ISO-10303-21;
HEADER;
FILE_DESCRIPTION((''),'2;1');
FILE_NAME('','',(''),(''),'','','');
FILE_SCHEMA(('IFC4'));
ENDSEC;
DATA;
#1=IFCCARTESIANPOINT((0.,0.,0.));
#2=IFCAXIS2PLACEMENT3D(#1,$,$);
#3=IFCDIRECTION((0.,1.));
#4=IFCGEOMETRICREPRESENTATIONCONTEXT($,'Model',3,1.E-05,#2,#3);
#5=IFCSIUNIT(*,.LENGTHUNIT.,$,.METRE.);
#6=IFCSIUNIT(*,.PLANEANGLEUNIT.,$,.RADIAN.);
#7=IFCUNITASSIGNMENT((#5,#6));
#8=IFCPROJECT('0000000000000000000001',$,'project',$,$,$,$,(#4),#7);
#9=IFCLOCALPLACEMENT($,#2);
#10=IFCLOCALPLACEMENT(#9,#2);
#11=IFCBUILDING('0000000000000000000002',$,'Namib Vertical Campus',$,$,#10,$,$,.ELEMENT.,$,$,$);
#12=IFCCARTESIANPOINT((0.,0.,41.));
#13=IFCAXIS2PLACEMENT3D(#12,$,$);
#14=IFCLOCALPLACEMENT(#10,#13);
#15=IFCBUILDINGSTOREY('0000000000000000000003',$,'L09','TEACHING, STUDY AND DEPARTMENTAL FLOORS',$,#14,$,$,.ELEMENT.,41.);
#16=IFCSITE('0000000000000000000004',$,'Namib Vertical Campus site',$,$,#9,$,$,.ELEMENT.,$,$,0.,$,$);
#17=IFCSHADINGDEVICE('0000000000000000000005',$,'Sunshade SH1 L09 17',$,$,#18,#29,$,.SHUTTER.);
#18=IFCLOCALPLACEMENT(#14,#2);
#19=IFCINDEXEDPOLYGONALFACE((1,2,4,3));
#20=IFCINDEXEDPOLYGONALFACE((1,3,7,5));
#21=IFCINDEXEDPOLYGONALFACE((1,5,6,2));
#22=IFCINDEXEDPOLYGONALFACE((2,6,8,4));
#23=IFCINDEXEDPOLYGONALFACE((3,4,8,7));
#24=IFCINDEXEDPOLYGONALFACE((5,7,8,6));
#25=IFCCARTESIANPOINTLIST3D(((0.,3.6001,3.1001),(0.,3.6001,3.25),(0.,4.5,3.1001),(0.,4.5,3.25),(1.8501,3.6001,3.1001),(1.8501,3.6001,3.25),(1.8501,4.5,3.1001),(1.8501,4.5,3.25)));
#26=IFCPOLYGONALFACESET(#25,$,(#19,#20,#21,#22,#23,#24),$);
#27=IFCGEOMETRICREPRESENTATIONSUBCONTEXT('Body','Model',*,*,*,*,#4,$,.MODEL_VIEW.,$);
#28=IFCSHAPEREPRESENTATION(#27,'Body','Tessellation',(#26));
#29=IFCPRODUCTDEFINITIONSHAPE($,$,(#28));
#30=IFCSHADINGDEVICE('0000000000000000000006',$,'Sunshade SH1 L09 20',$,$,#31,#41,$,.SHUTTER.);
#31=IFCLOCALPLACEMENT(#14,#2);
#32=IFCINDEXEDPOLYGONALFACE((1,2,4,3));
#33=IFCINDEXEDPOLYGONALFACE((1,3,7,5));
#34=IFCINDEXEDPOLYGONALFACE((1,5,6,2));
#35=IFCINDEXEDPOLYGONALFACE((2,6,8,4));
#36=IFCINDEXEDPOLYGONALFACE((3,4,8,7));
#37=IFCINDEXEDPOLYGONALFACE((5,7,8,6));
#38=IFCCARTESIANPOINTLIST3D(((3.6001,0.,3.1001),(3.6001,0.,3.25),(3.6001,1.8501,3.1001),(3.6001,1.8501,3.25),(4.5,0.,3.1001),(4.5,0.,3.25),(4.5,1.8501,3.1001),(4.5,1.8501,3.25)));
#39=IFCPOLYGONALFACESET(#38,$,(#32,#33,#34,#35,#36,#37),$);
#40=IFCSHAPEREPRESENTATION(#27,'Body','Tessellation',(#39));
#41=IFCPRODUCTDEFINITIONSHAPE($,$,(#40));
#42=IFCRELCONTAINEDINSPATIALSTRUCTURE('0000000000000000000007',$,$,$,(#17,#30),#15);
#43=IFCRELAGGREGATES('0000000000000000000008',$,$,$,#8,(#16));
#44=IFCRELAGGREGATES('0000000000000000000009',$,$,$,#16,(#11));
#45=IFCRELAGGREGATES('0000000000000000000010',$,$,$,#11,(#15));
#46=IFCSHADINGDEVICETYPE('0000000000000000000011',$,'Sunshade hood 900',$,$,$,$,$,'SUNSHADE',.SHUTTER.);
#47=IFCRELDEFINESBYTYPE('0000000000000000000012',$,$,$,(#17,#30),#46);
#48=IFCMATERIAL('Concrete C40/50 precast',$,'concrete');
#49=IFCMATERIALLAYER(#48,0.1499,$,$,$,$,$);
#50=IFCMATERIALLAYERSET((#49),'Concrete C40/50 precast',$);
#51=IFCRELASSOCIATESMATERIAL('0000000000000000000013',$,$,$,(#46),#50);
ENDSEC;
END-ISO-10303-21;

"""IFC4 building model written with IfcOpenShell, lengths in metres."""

from ifc_helpers import new_model, si_unit, direction, frame, origin, origin_2d, place, context, subcontext, project, spatial, rectangle, extrude, material, layer, layer_set, type_object, element, save


model = new_model("IFC4")

# Units and contexts
model_context = context("Model", 3, precision=1e-05, world=origin(), true_north=direction((0.0, 1.0)))
body_context = subcontext(model_context, "Body", "Model", "MODEL_VIEW")
ifc_project = project(units=[si_unit("LENGTHUNIT", "METRE"), si_unit("PLANEANGLEUNIT", "RADIAN")], contexts=[model_context])

# Site, building, storey
site_placement = place(None, origin())
site = spatial("IfcSite", under=ifc_project, at=site_placement, Name="Namib Vertical Campus site", CompositionType="ELEMENT", RefElevation=0.0)
building_placement = place(site_placement, origin())
building = spatial("IfcBuilding", under=site, at=building_placement, Name="Namib Vertical Campus", CompositionType="ELEMENT")
storey_placement = place(building_placement, frame((0.0, 0.0, 41.0)))
storey = spatial("IfcBuildingStorey", under=building, at=storey_placement, Name="L09", Description="TEACHING, STUDY AND DEPARTMENTAL FLOORS", CompositionType="ELEMENT", Elevation=41.0)

# Shading devices
ifc_material_1 = material(Name="Concrete C40/50 precast", Category="concrete")
ifc_layer_1 = layer(ifc_material_1, 0.1499)
ifc_layer_set_1 = layer_set([ifc_layer_1], Name="Concrete C40/50 precast")
shading_device_type = type_object("IfcShadingDeviceType", Name="Sunshade hood 900", ElementType="SUNSHADE", PredefinedType="SHUTTER", material=ifc_layer_set_1)
for number, where, z_axis, x_axis, name in (
    (1, (0.925, 4.05, 3.1001), (0.0, 0.0, 1.0), (1.0, 0.0, 0.0), "Sunshade SH1 L09 17"),
    (2, (4.05, 0.925, 3.1001), (0.0, 0.0, 1.0), (0.0, -1.0, 0.0), "Sunshade SH1 L09 20"),
):
    element("IfcShadingDevice", number, at=place(storey_placement, frame(where, z_axis=z_axis, x_axis=x_axis)), inside=storey, type_object=shading_device_type, Name=name, PredefinedType="SHUTTER", context=body_context, shape_type="SweptSolid", body=[
        extrude(rectangle(XDim=1.8501, YDim=0.8999, at=origin_2d()), origin(), (0.0, 0.0, 1.0), 0.1499),
    ])

save(model, "model.ifc")
